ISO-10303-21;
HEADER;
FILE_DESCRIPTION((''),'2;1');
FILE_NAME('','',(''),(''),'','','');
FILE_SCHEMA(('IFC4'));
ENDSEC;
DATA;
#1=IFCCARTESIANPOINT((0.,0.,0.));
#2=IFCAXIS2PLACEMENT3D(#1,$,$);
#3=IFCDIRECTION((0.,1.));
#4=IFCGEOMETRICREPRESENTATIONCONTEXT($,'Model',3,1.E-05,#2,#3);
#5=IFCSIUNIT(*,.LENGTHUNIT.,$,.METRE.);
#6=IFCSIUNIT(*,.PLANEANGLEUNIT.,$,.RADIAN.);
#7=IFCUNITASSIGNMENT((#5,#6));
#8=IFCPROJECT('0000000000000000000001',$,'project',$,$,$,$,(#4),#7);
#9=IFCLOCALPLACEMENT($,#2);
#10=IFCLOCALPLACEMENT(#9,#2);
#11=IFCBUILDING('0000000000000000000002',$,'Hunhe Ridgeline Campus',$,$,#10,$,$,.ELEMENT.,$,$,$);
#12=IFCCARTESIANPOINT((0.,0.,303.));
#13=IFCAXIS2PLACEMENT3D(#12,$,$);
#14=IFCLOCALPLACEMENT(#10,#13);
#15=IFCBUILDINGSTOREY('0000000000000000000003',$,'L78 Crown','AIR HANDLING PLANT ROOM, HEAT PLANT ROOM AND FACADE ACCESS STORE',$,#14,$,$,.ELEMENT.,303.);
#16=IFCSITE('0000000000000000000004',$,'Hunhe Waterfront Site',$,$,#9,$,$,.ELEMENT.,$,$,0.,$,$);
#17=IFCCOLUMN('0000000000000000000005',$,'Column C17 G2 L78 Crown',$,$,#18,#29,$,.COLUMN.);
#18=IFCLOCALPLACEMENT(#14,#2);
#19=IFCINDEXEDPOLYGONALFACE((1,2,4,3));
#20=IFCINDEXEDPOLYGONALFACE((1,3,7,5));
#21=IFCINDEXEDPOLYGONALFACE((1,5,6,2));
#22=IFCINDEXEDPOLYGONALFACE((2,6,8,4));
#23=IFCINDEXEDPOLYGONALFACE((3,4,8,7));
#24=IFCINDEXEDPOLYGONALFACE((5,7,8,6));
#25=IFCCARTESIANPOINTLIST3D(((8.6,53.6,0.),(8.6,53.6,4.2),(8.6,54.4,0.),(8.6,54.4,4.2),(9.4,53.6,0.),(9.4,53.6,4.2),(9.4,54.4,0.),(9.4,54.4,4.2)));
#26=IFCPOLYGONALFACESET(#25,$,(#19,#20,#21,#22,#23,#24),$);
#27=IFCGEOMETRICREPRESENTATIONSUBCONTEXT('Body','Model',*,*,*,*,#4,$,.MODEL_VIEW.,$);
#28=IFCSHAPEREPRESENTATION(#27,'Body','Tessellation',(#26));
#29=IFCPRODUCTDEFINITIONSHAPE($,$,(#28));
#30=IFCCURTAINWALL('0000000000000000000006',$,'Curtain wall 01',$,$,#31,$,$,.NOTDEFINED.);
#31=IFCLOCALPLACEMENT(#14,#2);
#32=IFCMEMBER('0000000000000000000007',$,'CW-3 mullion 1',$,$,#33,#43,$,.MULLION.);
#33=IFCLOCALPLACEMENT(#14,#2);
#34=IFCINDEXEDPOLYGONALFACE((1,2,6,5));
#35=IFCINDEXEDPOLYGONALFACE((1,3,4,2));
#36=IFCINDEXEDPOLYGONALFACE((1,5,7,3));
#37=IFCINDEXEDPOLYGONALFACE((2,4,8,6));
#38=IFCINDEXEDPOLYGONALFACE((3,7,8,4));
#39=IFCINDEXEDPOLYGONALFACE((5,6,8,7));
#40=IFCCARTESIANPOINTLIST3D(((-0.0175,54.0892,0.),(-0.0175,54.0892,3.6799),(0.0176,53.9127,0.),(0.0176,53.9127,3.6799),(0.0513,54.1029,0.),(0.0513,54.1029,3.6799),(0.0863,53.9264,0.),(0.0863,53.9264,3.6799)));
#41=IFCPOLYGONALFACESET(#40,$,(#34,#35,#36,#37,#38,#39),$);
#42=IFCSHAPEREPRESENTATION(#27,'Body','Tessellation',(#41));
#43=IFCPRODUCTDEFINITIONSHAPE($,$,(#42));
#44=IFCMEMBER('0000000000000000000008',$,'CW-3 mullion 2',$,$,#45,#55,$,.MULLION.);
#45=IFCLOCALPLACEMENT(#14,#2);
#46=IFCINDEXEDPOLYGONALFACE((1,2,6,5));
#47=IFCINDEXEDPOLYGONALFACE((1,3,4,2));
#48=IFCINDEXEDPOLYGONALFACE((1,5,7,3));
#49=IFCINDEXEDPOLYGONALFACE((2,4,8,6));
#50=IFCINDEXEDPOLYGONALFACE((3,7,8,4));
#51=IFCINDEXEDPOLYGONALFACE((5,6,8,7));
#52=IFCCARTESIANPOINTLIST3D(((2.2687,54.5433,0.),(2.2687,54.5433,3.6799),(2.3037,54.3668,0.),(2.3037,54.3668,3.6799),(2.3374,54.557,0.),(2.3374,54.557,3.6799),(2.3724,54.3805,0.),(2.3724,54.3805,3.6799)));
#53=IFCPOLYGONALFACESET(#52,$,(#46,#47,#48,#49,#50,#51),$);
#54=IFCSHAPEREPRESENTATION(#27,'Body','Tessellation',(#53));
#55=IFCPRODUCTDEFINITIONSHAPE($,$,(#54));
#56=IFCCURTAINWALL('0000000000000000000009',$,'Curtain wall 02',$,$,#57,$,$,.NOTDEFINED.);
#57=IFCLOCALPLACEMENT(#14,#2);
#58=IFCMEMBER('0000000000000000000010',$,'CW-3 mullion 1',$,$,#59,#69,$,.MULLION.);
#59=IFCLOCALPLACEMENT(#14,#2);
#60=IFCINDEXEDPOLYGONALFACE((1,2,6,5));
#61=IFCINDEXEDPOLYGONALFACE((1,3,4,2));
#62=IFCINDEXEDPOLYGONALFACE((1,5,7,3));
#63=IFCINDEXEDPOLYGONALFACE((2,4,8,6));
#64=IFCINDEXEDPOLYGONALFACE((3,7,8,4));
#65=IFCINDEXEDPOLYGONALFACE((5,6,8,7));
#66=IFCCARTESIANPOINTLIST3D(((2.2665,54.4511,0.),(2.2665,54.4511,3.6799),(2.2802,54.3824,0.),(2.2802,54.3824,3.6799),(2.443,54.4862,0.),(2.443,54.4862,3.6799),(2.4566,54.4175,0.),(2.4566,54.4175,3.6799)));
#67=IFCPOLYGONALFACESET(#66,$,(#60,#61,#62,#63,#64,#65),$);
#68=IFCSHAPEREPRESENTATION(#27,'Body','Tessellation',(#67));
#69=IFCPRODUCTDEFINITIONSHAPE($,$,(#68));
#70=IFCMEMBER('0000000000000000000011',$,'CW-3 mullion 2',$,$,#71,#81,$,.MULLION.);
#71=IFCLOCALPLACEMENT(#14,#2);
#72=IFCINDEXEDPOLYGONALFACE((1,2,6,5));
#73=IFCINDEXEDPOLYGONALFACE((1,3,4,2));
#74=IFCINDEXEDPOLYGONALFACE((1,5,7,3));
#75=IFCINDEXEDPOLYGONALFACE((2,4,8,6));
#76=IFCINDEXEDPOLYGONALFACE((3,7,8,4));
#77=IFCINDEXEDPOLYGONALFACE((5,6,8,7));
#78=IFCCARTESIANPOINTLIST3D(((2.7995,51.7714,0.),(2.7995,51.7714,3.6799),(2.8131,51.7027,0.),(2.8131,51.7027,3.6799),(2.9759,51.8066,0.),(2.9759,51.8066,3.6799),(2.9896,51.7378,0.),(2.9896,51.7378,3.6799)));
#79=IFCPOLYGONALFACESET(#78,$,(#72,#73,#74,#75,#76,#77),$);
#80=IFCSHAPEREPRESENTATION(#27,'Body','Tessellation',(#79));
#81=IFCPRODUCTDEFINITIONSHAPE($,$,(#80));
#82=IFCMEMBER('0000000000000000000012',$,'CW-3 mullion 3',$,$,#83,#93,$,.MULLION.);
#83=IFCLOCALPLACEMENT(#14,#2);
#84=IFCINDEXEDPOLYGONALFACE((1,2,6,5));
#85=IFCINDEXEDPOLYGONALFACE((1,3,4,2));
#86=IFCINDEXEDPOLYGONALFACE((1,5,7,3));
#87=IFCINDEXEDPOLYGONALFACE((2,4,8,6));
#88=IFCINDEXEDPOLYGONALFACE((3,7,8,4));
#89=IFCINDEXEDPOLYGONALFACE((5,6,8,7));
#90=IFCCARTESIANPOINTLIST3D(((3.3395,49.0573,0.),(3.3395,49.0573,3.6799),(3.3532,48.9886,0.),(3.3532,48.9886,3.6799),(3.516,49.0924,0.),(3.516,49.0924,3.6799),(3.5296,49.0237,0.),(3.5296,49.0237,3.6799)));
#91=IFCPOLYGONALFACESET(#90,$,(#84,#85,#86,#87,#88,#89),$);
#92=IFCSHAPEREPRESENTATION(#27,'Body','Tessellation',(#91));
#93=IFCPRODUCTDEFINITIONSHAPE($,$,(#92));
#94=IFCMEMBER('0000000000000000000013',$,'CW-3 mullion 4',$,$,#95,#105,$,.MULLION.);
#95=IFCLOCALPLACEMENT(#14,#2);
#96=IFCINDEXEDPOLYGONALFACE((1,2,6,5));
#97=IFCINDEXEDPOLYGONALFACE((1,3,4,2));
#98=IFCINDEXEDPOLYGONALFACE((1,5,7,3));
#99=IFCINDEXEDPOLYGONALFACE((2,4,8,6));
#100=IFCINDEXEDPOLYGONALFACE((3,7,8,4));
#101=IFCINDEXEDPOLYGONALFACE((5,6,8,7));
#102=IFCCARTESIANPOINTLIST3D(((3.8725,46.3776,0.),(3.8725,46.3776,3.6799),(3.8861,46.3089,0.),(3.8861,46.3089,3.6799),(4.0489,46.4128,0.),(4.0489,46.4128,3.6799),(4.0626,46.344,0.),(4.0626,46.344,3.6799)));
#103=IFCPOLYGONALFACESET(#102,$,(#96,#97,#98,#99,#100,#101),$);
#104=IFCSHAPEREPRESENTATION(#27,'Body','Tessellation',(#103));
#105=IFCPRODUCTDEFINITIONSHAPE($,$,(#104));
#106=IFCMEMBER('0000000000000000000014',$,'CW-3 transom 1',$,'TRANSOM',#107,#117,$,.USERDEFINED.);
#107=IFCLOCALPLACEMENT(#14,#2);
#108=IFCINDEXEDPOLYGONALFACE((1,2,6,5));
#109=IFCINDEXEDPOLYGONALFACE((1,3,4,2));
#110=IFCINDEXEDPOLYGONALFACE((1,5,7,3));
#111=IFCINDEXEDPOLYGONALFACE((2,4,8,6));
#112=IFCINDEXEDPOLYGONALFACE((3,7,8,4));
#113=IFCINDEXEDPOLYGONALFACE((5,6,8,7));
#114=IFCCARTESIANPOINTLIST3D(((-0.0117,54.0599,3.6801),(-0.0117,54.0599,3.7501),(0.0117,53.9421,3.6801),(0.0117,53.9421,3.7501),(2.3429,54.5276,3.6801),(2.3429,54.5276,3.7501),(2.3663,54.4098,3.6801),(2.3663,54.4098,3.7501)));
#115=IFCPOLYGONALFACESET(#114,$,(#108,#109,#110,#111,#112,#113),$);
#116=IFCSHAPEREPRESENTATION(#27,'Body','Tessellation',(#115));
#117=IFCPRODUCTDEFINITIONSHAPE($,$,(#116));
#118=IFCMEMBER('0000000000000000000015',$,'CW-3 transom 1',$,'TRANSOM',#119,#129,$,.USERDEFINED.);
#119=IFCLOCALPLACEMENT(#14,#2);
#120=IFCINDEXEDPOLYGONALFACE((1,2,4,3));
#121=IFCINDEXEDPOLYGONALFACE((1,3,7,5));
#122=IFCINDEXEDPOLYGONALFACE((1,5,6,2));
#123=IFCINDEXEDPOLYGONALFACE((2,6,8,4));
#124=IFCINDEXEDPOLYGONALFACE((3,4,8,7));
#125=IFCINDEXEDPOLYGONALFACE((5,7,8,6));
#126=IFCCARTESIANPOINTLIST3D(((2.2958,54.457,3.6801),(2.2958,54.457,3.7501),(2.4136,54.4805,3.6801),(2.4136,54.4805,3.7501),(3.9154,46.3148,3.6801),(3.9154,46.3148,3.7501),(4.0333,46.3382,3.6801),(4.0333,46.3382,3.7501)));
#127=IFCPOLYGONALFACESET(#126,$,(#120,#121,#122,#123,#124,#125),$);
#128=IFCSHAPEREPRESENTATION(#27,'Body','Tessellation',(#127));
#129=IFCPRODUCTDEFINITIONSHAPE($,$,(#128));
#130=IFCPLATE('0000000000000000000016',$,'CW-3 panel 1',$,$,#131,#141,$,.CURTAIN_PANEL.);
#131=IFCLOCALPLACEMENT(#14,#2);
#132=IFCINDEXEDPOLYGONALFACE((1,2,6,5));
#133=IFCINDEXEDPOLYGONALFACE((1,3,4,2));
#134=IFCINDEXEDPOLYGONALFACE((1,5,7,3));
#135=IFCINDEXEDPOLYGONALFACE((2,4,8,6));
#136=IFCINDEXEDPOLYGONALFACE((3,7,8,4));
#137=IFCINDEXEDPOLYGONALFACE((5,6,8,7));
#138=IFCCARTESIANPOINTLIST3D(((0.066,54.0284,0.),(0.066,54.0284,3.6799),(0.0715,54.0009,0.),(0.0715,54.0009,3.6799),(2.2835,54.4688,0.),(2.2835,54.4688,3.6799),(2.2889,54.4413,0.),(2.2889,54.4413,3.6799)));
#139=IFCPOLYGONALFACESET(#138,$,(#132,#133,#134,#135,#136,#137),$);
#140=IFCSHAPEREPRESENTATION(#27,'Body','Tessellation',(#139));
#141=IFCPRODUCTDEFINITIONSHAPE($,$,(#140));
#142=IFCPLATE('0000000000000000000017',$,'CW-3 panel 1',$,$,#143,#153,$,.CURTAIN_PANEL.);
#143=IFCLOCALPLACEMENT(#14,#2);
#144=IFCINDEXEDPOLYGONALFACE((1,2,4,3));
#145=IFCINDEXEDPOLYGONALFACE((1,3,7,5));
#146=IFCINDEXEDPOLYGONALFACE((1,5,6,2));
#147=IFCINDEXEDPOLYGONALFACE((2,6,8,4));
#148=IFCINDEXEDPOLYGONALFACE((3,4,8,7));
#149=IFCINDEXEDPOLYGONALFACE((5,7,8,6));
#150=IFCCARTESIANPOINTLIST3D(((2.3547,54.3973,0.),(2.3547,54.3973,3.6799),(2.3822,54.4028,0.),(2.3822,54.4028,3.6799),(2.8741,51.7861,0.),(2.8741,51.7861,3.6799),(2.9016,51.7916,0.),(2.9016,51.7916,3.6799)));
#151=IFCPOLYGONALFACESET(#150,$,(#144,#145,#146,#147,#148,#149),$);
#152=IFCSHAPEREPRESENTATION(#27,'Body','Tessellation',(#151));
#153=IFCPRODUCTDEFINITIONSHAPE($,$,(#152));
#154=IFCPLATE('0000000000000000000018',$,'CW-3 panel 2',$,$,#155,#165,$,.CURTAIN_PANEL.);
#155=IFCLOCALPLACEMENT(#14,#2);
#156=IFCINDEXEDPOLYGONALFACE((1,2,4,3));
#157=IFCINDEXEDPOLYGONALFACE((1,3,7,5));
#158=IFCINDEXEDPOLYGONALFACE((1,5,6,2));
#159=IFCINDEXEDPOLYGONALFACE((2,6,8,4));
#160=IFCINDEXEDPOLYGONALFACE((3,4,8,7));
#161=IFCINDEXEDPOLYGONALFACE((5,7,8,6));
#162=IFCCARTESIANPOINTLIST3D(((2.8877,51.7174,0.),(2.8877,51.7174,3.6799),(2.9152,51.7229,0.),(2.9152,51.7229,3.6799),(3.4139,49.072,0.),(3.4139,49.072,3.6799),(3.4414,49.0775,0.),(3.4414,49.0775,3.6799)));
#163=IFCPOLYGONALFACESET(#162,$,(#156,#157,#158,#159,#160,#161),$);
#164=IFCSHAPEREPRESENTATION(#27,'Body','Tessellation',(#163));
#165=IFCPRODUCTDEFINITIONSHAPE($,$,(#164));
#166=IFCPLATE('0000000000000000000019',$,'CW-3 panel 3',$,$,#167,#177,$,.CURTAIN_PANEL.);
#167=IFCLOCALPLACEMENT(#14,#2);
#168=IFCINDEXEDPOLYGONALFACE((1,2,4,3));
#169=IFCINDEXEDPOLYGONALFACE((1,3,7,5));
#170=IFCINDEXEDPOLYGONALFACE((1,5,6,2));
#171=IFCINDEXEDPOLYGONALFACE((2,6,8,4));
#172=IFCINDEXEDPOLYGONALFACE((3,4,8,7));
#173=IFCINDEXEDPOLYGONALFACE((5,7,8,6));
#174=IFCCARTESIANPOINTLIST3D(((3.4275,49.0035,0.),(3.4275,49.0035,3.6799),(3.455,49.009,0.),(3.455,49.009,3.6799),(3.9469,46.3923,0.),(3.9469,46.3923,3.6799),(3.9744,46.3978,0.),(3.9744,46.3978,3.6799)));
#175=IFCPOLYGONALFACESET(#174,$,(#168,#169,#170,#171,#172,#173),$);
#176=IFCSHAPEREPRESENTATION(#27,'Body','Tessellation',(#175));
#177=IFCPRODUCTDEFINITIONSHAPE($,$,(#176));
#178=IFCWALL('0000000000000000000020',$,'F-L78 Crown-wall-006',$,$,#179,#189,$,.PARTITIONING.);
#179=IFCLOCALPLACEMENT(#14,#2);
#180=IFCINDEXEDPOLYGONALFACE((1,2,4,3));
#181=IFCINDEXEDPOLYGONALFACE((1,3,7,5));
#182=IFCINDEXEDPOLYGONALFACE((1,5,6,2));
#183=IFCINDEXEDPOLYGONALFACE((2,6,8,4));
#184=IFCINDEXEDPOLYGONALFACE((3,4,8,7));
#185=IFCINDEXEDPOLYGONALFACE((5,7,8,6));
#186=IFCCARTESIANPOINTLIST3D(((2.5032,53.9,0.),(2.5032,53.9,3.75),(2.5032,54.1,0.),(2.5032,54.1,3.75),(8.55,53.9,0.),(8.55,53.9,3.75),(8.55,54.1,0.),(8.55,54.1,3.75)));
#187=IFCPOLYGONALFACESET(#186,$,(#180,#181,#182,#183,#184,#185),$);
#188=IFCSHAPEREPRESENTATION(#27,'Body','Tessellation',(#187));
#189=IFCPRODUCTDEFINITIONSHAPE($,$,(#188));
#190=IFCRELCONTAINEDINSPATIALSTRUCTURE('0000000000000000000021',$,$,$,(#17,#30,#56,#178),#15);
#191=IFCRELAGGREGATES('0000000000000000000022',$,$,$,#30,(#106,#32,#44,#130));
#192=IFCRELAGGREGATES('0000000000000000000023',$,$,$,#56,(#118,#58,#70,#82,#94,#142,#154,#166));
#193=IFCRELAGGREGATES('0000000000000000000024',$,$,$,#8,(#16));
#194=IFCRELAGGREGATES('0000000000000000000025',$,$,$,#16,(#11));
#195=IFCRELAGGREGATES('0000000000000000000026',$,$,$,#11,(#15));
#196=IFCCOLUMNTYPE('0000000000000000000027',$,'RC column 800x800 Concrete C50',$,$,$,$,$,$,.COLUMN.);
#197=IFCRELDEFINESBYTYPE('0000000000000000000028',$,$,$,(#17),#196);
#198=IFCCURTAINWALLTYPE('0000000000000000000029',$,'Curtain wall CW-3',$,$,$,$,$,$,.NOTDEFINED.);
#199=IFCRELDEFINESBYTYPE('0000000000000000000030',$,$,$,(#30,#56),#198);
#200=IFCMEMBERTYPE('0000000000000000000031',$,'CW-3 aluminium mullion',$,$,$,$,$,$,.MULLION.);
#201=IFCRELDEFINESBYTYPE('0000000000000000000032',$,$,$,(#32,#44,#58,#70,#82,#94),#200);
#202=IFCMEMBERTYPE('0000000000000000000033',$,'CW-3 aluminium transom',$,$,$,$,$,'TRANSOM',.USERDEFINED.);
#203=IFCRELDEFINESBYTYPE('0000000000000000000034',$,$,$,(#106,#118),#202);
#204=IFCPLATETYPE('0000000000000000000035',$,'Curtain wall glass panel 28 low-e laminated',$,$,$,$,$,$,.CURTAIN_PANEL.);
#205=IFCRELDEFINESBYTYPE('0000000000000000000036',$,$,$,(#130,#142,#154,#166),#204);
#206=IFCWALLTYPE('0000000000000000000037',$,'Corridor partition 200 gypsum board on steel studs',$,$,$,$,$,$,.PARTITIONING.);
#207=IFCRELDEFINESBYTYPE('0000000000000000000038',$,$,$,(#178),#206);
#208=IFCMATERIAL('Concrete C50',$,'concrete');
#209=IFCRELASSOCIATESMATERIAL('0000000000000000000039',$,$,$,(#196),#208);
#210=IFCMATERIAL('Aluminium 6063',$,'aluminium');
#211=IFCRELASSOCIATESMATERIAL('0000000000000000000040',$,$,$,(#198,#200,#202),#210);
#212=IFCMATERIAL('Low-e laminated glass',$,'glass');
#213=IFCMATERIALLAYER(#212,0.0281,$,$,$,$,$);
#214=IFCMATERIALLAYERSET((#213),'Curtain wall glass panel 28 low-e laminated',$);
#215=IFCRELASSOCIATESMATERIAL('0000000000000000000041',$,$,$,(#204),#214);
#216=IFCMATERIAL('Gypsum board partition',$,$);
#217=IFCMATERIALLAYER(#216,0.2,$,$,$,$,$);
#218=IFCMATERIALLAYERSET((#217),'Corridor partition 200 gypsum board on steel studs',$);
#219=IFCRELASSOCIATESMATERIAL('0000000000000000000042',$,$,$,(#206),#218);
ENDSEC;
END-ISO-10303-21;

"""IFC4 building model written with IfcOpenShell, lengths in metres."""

from ifc_helpers import new_model, si_unit, direction, frame, frame_2d, origin, origin_2d, place, context, subcontext, project, spatial, rectangle, extrude, material, layer, layer_set, material_profile, profile_set, type_object, element, aggregate, save


model = new_model("IFC4")

# Units and contexts
model_context = context("Model", 3, precision=1e-05, world=origin(), true_north=direction((0.0, 1.0)))
body_context = subcontext(model_context, "Body", "Model", "MODEL_VIEW")
ifc_project = project(units=[si_unit("LENGTHUNIT", "METRE"), si_unit("PLANEANGLEUNIT", "RADIAN")], contexts=[model_context])

# Site, building, storey
site_placement = place(None, origin())
site = spatial("IfcSite", under=ifc_project, at=site_placement, Name="Hunhe Waterfront Site", CompositionType="ELEMENT", RefElevation=0.0)
building_placement = place(site_placement, origin())
building = spatial("IfcBuilding", under=site, at=building_placement, Name="Hunhe Ridgeline Campus", CompositionType="ELEMENT")
storey_placement = place(building_placement, frame((0.0, 0.0, 303.0)))
storey = spatial("IfcBuildingStorey", under=building, at=storey_placement, Name="L78 Crown", Description="AIR HANDLING PLANT ROOM, HEAT PLANT ROOM AND FACADE ACCESS STORE", CompositionType="ELEMENT", Elevation=303.0)

# Column
ifc_material_1 = material(Name="Concrete C50", Category="concrete")
ifc_material_profile_1 = material_profile(ifc_material_1, rectangle(XDim=0.8, YDim=0.8, at=origin_2d()))
ifc_profile_set_1 = profile_set([ifc_material_profile_1], Name="Concrete C50")
column_type = type_object("IfcColumnType", Name="RC column 800x800 Concrete C50", PredefinedType="COLUMN", material=ifc_profile_set_1)
column_placement = place(storey_placement, frame((9.0, 54.0, 0.0), z_axis=(0.0, 0.0, 1.0), x_axis=(1.0, 0.0, 0.0)))
element("IfcColumn", 1, at=column_placement, inside=storey, type_object=column_type, Name="Column C17 G2 L78 Crown", PredefinedType="COLUMN", context=body_context, shape_type="SweptSolid", body=[
    extrude(rectangle(XDim=0.8, YDim=0.8, at=origin_2d()), origin(), (0.0, 0.0, 1.0), 4.2),
])

# Curtain walls, members
ifc_material_2 = material(Name="Aluminium 6063", Category="aluminium")
curtain_wall_type = type_object("IfcCurtainWallType", Name="Curtain wall CW-3", PredefinedType="NOTDEFINED", material=ifc_material_2)
curtain_wall_1_placement = place(storey_placement, origin())
curtain_wall_1 = element("IfcCurtainWall", 2, at=curtain_wall_1_placement, inside=storey, type_object=curtain_wall_type, Name="Curtain wall 01", PredefinedType="NOTDEFINED")
ifc_material_profile_2 = material_profile(ifc_material_2, rectangle(XDim=0.1799, YDim=0.0701, at=origin_2d()))
ifc_profile_set_2 = profile_set([ifc_material_profile_2], Name="Aluminium 6063")
member_type_1 = type_object("IfcMemberType", Name="CW-3 aluminium mullion", PredefinedType="MULLION", material=ifc_profile_set_2)
member_1_placement = place(storey_placement, frame((0.0344, 54.0078, 0.0), z_axis=(0.0, 0.0, 1.0), x_axis=(-0.1948, 0.980843, 0.0)))
member_1 = element("IfcMember", 3, at=member_1_placement, type_object=member_type_1, Name="CW-3 mullion 1", PredefinedType="MULLION", context=body_context, shape_type="SweptSolid", body=[
    extrude(rectangle(XDim=0.1799, YDim=0.0701, at=origin_2d()), origin(), (0.0, 0.0, 1.0), 3.6799),
])
member_2_placement = place(storey_placement, frame((2.3206, 54.4619, 0.0), z_axis=(0.0, 0.0, 1.0), x_axis=(-0.1948, 0.980843, 0.0)))
member_2 = element("IfcMember", 4, at=member_2_placement, type_object=member_type_1, Name="CW-3 mullion 2", PredefinedType="MULLION", context=body_context, shape_type="SweptSolid", body=[
    extrude(rectangle(XDim=0.1799, YDim=0.0701, at=origin_2d()), origin(), (0.0, 0.0, 1.0), 3.6799),
])
curtain_wall_2_placement = place(storey_placement, origin())
curtain_wall_2 = element("IfcCurtainWall", 5, at=curtain_wall_2_placement, inside=storey, type_object=curtain_wall_type, Name="Curtain wall 02", PredefinedType="NOTDEFINED")
member_3_placement = place(storey_placement, frame((2.3616, 54.4343, 0.0), z_axis=(0.0, 0.0, 1.0), x_axis=(0.980784, 0.195095, 0.0)))
member_3 = element("IfcMember", 6, at=member_3_placement, type_object=member_type_1, Name="CW-3 mullion 1", PredefinedType="MULLION", context=body_context, shape_type="SweptSolid", body=[
    extrude(rectangle(XDim=0.1799, YDim=0.0701, at=origin_2d()), origin(), (0.0, 0.0, 1.0), 3.6799),
])
member_4_placement = place(storey_placement, frame((2.8945, 51.7546, 0.0), z_axis=(0.0, 0.0, 1.0), x_axis=(0.980784, 0.195095, 0.0)))
member_4 = element("IfcMember", 7, at=member_4_placement, type_object=member_type_1, Name="CW-3 mullion 2", PredefinedType="MULLION", context=body_context, shape_type="SweptSolid", body=[
    extrude(rectangle(XDim=0.1799, YDim=0.0701, at=origin_2d()), origin(), (0.0, 0.0, 1.0), 3.6799),
])
member_5_placement = place(storey_placement, frame((3.4346, 49.0405, 0.0), z_axis=(0.0, 0.0, 1.0), x_axis=(0.980784, 0.195095, 0.0)))
member_5 = element("IfcMember", 8, at=member_5_placement, type_object=member_type_1, Name="CW-3 mullion 3", PredefinedType="MULLION", context=body_context, shape_type="SweptSolid", body=[
    extrude(rectangle(XDim=0.1799, YDim=0.0701, at=origin_2d()), origin(), (0.0, 0.0, 1.0), 3.6799),
])
member_6_placement = place(storey_placement, frame((3.9675, 46.3608, 0.0), z_axis=(0.0, 0.0, 1.0), x_axis=(0.980784, 0.195095, 0.0)))
member_6 = element("IfcMember", 9, at=member_6_placement, type_object=member_type_1, Name="CW-3 mullion 4", PredefinedType="MULLION", context=body_context, shape_type="SweptSolid", body=[
    extrude(rectangle(XDim=0.1799, YDim=0.0701, at=origin_2d()), origin(), (0.0, 0.0, 1.0), 3.6799),
])

# Members
ifc_material_profile_3 = material_profile(ifc_material_2, rectangle(XDim=0.1201, YDim=0.0701, at=origin_2d()))
ifc_profile_set_3 = profile_set([ifc_material_profile_3], Name="Aluminium 6063")
member_type_2 = type_object("IfcMemberType", Name="CW-3 aluminium transom", ElementType="TRANSOM", PredefinedType="USERDEFINED", material=ifc_profile_set_3)
member_7_placement = place(storey_placement, frame((0.0, 54.001, 3.7151), z_axis=(0.980834, 0.194845, 0.0), x_axis=(-0.194845, 0.980834, 0.0)))
member_7 = element("IfcMember", 10, at=member_7_placement, type_object=member_type_2, Name="CW-3 transom 1", ObjectType="TRANSOM", PredefinedType="USERDEFINED", context=body_context, shape_type="SweptSolid", body=[
    extrude(rectangle(XDim=0.1201, YDim=0.0701, at=origin_2d()), origin(), (0.0, 0.0, 1.0), 2.4006),
])
member_8_placement = place(storey_placement, frame((2.3547, 54.4688, 3.7151), z_axis=(0.195092, -0.980785, 0.0), x_axis=(0.980785, 0.195092, 0.0)))
member_8 = element("IfcMember", 11, at=member_8_placement, type_object=member_type_2, Name="CW-3 transom 1", ObjectType="TRANSOM", PredefinedType="USERDEFINED", context=body_context, shape_type="SweptSolid", body=[
    extrude(rectangle(XDim=0.1201, YDim=0.0701, at=origin_2d()), origin(), (0.0, 0.0, 1.0), 8.3018),
])

# Plates
ifc_material_3 = material(Name="Low-e laminated glass", Category="glass")
ifc_layer_1 = layer(ifc_material_3, 0.0281)
ifc_layer_set_1 = layer_set([ifc_layer_1], Name="Curtain wall glass panel 28 low-e laminated")
plate_type = type_object("IfcPlateType", Name="Curtain wall glass panel 28 low-e laminated", PredefinedType="CURTAIN_PANEL", material=ifc_layer_set_1)
plate_1_placement = place(storey_placement, frame((1.1775, 54.2349, 0.0), z_axis=(0.0, 0.0, 1.0), x_axis=(0.980843, 0.1948, 0.0)))
plate_1 = element("IfcPlate", 12, at=plate_1_placement, type_object=plate_type, Name="CW-3 panel 1", PredefinedType="CURTAIN_PANEL", context=body_context, shape_type="SweptSolid", body=[
    extrude(rectangle(XDim=2.2607, YDim=0.0281, at=origin_2d()), origin(), (0.0, 0.0, 1.0), 3.6799),
])
aggregate(curtain_wall_1, [member_7, member_1, member_2, plate_1])
plate_2_placement = place(storey_placement, frame((2.6282, 53.0945, 0.0), z_axis=(0.0, 0.0, 1.0), x_axis=(0.195095, -0.980784, 0.0)))
plate_2 = element("IfcPlate", 13, at=plate_2_placement, type_object=plate_type, Name="CW-3 panel 1", PredefinedType="CURTAIN_PANEL", context=body_context, shape_type="SweptSolid", body=[
    extrude(rectangle(XDim=2.6624, YDim=0.0281, at=origin_2d()), origin(), (0.0, 0.0, 1.0), 3.6799),
])
plate_3_placement = place(storey_placement, frame((3.1646, 50.3975, 0.0), z_axis=(0.0, 0.0, 1.0), x_axis=(0.195095, -0.980784, 0.0)))
plate_3 = element("IfcPlate", 14, at=plate_3_placement, type_object=plate_type, Name="CW-3 panel 2", PredefinedType="CURTAIN_PANEL", context=body_context, shape_type="SweptSolid", body=[
    extrude(rectangle(XDim=2.6973, YDim=0.0281, at=origin_2d()), origin(), (0.0, 0.0, 1.0), 3.6799),
])
plate_4_placement = place(storey_placement, frame((3.7009, 47.7007, 0.0), z_axis=(0.0, 0.0, 1.0), x_axis=(0.195095, -0.980784, 0.0)))
plate_4 = element("IfcPlate", 15, at=plate_4_placement, type_object=plate_type, Name="CW-3 panel 3", PredefinedType="CURTAIN_PANEL", context=body_context, shape_type="SweptSolid", body=[
    extrude(rectangle(XDim=2.6624, YDim=0.0281, at=origin_2d()), origin(), (0.0, 0.0, 1.0), 3.6799),
])
aggregate(curtain_wall_2, [member_8, member_3, member_4, member_5, member_6, plate_2, plate_3, plate_4])

# Wall
ifc_material_4 = material(Name="Gypsum board partition")
ifc_layer_2 = layer(ifc_material_4, 0.2)
ifc_layer_set_2 = layer_set([ifc_layer_2], Name="Corridor partition 200 gypsum board on steel studs")
wall_type_1 = type_object("IfcWallType", Name="Corridor partition 200 gypsum board on steel studs", PredefinedType="PARTITIONING", material=ifc_layer_set_2)
wall_1_placement = place(storey_placement, frame((2.5032, 54.0, 0.0), z_axis=(0.0, 0.0, 1.0), x_axis=(1.0, 0.0, 0.0)))
element("IfcWall", 16, at=wall_1_placement, inside=storey, type_object=wall_type_1, Name="F-L78 Crown-wall-006", PredefinedType="PARTITIONING", context=body_context, shape_type="SweptSolid", body=[
    extrude(rectangle(XDim=6.0469, YDim=0.2, at=frame_2d((3.0234, 0.0))), origin(), (0.0, 0.0, 1.0), 3.75),
])

save(model, "model.ifc")
